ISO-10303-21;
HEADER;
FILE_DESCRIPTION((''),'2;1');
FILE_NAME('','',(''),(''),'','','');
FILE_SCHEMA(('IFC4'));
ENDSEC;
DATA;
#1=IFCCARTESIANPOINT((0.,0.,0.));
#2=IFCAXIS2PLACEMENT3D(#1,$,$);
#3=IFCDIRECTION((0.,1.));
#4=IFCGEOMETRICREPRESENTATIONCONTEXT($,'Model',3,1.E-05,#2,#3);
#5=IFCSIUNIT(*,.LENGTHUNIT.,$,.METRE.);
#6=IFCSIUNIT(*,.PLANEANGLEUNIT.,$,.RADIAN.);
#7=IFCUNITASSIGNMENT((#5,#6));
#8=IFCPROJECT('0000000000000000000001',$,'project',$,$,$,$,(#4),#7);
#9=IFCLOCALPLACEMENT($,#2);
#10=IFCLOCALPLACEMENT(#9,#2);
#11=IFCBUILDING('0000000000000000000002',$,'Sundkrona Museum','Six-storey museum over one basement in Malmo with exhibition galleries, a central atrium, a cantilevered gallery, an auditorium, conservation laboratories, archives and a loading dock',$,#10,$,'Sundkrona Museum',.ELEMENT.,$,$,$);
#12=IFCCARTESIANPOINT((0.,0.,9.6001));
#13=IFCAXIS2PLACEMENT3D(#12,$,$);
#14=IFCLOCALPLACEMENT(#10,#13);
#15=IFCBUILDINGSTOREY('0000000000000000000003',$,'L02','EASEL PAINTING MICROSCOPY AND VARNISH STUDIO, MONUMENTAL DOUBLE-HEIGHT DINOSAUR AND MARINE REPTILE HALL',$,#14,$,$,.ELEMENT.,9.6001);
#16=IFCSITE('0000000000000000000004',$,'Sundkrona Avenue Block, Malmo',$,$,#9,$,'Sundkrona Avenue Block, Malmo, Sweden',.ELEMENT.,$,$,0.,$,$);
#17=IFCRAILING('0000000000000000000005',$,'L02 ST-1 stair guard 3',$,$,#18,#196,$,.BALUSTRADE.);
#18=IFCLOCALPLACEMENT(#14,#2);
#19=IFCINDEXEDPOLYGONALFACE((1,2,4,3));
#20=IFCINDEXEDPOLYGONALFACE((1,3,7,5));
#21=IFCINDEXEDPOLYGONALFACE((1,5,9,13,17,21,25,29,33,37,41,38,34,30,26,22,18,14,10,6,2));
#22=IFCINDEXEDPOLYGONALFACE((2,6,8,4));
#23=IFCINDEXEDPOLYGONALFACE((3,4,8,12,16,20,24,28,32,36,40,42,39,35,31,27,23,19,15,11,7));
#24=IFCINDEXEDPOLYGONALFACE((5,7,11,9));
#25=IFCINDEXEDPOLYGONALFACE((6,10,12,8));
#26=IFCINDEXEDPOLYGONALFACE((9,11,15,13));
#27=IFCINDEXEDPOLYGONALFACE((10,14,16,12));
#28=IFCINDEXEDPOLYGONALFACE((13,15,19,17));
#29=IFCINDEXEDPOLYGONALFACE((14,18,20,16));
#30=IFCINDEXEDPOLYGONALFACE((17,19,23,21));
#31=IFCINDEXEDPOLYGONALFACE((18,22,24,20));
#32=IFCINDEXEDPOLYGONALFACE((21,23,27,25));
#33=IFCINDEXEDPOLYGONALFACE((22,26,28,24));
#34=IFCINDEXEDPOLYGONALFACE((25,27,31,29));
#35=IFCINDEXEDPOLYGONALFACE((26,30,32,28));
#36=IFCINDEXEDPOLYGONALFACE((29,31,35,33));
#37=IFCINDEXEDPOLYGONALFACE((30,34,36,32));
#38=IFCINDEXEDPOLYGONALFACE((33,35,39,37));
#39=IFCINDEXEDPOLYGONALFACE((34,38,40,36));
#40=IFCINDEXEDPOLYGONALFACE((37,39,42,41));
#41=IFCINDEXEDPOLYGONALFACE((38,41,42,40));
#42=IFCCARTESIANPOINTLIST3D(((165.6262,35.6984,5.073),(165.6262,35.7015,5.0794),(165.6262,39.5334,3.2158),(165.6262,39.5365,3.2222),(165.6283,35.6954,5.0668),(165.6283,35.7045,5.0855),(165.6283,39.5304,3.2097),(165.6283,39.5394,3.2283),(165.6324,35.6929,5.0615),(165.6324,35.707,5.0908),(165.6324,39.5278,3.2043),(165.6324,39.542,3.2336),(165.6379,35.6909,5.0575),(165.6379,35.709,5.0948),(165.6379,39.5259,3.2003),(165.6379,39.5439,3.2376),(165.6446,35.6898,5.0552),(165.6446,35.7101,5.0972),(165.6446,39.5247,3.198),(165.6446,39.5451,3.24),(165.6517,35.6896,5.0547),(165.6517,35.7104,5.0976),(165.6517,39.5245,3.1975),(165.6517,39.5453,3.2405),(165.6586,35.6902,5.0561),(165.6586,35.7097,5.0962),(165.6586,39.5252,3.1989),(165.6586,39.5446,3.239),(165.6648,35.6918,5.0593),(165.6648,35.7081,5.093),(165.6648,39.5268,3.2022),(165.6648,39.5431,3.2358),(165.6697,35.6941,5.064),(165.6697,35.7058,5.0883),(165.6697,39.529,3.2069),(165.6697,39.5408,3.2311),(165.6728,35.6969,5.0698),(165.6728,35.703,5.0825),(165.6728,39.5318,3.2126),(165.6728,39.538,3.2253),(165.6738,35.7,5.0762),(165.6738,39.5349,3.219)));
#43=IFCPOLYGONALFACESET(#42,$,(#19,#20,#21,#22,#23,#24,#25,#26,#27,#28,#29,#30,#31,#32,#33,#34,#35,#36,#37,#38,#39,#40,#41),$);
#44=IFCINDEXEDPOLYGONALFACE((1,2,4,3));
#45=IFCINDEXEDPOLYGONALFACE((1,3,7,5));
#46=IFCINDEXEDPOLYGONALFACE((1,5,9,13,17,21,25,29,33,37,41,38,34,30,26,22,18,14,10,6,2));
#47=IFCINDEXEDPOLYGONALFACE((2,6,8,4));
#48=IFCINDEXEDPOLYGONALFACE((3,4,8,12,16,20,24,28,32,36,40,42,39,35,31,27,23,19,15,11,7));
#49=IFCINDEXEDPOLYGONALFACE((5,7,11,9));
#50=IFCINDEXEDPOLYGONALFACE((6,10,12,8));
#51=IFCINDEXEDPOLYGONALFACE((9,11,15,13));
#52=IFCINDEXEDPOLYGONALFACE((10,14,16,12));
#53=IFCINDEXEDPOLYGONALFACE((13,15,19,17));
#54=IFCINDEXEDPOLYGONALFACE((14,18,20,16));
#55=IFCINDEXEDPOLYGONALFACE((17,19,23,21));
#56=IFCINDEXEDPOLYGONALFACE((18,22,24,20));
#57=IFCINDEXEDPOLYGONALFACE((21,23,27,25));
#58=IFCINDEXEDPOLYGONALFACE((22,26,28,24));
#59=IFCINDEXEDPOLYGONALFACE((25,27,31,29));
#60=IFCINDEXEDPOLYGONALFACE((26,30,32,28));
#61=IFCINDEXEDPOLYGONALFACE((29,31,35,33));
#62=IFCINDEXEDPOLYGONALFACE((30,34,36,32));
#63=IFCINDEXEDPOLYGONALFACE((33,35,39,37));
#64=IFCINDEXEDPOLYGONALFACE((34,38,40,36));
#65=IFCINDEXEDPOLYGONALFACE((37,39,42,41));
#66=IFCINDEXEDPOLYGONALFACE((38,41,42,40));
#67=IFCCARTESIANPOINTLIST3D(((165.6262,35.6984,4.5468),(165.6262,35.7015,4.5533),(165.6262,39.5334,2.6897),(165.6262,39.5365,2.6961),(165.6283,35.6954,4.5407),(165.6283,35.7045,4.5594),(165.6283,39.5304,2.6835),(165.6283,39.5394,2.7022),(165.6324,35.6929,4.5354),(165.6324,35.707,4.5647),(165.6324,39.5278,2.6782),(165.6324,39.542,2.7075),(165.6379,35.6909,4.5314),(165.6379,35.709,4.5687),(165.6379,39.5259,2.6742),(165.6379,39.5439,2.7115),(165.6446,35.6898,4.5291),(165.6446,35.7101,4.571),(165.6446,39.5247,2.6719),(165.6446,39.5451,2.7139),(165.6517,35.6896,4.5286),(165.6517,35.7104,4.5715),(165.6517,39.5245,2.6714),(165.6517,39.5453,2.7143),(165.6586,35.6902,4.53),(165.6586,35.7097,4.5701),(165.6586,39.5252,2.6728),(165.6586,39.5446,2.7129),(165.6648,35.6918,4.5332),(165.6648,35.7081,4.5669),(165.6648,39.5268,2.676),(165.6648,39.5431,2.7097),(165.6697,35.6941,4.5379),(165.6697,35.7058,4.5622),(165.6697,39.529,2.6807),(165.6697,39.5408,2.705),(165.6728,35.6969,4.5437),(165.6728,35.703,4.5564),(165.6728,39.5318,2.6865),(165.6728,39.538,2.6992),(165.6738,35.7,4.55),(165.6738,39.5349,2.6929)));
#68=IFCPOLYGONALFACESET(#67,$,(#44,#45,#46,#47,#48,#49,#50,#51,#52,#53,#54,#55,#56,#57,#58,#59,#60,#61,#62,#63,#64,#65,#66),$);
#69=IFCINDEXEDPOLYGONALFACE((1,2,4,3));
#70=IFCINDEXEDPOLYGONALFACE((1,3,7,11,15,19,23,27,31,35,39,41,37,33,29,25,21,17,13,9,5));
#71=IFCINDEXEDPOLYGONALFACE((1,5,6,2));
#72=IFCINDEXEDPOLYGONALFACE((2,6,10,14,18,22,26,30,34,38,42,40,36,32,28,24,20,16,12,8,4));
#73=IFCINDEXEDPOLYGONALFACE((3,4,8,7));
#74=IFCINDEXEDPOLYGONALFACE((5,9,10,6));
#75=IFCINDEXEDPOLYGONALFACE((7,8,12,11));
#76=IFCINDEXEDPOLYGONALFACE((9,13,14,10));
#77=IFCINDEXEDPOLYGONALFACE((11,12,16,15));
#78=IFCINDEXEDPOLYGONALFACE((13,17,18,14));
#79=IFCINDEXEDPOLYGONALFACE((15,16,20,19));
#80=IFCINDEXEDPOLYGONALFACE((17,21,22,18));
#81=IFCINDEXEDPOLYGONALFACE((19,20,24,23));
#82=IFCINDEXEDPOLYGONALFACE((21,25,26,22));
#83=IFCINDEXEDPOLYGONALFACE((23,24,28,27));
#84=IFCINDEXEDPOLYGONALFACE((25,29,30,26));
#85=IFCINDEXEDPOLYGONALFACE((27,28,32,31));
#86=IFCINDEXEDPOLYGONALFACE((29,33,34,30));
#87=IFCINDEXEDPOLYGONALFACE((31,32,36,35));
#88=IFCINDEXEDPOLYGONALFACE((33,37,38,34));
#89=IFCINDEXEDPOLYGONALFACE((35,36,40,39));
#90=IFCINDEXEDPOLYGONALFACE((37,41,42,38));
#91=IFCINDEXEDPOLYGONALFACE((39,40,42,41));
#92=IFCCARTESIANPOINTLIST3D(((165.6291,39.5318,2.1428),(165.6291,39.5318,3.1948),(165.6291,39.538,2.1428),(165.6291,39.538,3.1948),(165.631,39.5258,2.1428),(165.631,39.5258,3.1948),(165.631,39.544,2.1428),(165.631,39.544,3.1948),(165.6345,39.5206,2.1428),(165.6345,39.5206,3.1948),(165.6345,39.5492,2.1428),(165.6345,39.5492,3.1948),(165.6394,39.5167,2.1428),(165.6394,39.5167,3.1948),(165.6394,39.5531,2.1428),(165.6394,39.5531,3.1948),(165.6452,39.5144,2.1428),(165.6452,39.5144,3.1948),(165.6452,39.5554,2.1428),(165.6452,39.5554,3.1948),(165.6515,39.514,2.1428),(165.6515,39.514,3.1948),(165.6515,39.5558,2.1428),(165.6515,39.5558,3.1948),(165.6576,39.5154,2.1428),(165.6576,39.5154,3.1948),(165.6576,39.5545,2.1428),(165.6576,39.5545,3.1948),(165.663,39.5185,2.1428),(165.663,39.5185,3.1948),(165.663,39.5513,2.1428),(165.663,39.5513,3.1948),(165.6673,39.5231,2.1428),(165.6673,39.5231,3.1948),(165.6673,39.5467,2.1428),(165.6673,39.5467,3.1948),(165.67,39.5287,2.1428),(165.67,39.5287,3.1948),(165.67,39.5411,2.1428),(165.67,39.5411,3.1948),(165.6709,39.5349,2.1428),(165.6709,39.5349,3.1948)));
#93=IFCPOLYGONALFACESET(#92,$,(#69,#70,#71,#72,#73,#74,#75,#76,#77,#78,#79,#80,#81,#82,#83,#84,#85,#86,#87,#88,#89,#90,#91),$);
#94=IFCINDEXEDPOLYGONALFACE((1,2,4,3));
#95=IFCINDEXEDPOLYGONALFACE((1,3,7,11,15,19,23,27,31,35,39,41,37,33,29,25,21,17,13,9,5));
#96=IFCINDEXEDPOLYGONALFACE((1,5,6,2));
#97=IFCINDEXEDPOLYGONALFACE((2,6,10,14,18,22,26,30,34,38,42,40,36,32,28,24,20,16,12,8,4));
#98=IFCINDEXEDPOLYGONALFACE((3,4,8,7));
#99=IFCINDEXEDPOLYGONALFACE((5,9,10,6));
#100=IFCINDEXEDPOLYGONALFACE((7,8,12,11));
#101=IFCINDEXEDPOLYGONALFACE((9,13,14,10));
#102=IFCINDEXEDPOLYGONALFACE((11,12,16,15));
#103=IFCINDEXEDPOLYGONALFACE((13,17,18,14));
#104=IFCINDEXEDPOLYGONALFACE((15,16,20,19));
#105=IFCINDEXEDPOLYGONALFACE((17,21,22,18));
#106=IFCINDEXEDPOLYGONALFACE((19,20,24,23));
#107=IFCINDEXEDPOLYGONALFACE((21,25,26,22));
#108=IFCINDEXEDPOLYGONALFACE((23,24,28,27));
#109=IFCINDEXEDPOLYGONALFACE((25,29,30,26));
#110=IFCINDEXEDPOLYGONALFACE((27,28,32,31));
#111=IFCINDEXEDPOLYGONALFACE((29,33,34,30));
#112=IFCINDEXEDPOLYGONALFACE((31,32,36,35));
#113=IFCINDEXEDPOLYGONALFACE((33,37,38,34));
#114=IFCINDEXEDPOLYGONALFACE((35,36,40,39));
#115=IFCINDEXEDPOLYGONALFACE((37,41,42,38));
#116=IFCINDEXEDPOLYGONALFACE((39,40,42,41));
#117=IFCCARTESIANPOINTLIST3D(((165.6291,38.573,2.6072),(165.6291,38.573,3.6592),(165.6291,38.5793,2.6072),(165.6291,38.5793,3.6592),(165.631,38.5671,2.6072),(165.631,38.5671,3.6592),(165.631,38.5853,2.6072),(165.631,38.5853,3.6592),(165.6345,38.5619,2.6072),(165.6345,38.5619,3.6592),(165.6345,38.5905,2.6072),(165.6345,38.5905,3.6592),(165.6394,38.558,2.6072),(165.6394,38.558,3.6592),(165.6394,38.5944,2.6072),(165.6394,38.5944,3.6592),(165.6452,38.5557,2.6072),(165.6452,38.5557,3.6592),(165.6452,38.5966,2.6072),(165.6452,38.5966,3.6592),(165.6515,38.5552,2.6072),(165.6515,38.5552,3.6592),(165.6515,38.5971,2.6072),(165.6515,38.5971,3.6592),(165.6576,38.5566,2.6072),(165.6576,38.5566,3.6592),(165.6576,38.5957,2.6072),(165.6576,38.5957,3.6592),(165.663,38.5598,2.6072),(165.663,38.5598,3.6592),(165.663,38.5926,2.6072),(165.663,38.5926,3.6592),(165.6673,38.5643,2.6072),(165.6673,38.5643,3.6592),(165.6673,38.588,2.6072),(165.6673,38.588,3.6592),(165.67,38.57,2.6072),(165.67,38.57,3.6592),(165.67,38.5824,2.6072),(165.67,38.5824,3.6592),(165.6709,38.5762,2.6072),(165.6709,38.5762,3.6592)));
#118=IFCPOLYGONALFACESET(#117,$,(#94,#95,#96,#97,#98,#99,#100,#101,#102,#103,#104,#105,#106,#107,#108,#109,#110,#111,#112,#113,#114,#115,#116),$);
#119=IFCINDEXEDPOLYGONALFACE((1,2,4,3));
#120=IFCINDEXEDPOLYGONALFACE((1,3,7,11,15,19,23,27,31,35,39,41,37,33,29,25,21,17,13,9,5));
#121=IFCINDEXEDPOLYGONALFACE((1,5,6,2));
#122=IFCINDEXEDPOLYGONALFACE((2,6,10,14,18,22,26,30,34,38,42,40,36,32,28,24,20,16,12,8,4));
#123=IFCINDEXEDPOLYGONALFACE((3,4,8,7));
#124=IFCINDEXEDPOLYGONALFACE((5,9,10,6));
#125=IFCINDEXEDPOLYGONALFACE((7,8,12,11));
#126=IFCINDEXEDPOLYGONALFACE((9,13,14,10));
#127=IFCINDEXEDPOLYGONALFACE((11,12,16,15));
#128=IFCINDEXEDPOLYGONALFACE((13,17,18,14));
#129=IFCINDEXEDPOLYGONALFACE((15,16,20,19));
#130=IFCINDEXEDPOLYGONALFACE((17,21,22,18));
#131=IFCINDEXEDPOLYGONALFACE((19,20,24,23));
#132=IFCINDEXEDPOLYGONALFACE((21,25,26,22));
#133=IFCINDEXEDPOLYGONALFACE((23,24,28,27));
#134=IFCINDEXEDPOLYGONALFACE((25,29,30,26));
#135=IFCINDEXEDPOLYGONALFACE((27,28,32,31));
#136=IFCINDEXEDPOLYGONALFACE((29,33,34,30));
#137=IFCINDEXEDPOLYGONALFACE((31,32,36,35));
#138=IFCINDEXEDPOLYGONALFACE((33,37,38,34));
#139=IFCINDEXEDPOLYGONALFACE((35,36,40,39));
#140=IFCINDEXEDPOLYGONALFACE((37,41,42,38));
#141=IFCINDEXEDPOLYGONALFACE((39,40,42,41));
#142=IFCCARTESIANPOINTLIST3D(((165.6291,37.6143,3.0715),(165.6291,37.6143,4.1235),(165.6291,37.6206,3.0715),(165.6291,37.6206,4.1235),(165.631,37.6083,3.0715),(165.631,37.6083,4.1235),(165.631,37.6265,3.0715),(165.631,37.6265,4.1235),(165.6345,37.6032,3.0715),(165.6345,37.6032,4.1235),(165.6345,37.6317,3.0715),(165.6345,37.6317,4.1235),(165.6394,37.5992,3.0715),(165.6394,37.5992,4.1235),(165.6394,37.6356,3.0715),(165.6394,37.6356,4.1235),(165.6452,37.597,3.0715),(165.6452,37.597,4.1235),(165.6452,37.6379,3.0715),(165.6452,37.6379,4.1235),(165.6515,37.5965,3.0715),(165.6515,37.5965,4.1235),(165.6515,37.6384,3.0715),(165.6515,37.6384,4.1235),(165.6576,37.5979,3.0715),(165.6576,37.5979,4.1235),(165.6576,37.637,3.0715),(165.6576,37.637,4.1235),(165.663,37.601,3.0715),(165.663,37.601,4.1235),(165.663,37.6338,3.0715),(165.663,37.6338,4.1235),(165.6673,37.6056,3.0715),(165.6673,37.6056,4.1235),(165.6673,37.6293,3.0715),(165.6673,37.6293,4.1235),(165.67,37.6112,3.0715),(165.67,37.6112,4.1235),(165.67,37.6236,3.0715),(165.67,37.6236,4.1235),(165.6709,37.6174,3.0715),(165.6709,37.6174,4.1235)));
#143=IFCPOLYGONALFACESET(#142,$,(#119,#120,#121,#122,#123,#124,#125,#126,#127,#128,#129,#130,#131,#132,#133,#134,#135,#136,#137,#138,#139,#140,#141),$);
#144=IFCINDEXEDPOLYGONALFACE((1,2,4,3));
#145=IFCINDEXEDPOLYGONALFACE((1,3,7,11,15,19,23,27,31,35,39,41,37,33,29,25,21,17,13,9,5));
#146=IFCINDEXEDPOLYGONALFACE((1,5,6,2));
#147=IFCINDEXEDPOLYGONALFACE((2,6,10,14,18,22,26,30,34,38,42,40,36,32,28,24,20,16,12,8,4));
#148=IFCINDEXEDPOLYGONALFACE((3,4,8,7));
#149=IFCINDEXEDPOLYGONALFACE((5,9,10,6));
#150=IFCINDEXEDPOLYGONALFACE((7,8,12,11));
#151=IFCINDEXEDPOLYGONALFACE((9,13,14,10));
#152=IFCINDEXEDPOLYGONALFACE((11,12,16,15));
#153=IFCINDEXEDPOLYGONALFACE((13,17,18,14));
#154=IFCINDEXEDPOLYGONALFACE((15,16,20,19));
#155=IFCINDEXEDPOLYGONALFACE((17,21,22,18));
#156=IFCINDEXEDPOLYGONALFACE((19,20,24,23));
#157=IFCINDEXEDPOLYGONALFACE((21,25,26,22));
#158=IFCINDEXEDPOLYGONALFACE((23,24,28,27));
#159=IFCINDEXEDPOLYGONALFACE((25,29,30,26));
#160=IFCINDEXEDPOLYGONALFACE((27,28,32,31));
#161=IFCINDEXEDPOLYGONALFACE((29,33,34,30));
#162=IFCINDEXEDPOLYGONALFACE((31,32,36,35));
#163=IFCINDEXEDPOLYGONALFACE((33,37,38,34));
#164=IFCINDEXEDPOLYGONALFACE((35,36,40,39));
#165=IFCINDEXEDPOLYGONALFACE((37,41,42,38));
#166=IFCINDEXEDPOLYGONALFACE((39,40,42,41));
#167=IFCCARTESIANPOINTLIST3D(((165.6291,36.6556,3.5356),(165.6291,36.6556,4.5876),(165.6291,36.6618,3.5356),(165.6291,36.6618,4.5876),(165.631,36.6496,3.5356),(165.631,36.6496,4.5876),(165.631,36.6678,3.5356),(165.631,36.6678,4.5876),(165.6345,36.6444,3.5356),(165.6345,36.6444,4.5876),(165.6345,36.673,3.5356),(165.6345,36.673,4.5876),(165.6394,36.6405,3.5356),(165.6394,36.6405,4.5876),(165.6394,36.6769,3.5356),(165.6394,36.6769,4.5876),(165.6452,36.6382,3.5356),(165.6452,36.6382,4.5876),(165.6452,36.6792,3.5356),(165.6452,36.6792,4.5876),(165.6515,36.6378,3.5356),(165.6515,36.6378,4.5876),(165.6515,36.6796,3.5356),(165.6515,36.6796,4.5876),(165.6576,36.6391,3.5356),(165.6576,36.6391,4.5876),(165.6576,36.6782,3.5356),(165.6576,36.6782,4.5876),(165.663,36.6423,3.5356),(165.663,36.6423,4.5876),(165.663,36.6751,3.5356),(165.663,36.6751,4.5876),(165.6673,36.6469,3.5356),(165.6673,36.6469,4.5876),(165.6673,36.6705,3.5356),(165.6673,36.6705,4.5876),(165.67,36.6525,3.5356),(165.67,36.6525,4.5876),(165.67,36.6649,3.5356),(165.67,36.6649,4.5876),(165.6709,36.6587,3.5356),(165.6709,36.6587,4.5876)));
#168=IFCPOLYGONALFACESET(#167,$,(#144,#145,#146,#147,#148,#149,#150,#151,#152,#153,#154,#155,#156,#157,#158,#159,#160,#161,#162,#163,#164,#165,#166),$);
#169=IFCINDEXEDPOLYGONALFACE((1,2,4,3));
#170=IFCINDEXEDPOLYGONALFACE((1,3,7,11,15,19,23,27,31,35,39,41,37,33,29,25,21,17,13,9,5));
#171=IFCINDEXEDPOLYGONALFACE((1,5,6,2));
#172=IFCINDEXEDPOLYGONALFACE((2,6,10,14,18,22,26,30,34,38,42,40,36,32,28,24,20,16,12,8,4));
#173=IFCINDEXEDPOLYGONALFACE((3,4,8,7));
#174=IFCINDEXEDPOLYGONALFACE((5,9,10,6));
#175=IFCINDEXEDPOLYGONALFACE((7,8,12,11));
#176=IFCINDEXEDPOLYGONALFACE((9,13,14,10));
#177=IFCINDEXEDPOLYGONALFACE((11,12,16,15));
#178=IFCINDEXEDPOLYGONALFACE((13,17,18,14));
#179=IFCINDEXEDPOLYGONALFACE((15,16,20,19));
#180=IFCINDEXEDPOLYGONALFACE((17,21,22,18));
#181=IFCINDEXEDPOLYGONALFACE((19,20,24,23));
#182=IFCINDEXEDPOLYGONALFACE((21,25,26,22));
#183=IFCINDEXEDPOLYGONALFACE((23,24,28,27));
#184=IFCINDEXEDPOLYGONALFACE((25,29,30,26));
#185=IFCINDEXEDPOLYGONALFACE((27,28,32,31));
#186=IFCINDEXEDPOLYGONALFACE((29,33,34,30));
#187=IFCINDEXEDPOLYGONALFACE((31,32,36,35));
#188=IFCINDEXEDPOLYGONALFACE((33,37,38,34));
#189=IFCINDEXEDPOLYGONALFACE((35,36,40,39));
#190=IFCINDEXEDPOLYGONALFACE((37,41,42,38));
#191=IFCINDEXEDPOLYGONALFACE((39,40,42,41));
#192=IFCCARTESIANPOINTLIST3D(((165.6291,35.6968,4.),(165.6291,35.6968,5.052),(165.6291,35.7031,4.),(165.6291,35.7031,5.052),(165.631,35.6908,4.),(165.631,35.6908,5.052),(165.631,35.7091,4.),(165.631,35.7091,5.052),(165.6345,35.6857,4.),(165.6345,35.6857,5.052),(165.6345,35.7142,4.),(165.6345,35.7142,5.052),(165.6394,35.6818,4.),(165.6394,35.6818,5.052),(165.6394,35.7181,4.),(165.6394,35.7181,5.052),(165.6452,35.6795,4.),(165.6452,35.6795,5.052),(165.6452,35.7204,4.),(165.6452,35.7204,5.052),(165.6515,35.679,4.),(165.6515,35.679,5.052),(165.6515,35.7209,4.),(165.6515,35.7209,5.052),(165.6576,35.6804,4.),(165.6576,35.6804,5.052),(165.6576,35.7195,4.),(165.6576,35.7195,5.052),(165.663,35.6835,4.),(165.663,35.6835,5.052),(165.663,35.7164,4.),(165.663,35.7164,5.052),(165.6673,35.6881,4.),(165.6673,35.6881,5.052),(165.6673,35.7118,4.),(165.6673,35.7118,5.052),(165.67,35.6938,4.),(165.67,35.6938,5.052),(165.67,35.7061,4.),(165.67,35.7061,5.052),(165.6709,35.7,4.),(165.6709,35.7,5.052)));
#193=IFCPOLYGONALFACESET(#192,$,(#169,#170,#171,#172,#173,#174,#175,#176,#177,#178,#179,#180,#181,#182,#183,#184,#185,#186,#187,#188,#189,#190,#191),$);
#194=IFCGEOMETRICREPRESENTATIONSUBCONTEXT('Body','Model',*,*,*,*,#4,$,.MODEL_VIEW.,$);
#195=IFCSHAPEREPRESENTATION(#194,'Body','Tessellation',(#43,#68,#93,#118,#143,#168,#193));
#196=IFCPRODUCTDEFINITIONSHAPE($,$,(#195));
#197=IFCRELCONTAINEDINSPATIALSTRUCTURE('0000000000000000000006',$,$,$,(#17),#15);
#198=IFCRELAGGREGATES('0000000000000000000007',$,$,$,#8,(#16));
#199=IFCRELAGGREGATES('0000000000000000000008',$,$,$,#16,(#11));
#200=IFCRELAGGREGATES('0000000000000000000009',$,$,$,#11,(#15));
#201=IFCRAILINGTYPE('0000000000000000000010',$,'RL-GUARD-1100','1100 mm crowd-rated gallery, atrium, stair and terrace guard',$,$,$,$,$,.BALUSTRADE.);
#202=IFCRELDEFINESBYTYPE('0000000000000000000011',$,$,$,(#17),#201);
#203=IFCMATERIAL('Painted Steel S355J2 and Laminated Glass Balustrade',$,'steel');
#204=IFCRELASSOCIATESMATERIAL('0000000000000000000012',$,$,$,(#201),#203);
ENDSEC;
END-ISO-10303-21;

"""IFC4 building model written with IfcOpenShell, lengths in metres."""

from ifc_helpers import new_model, si_unit, direction, frame, origin, origin_2d, place, context, subcontext, project, spatial, circle, extrude, material, type_object, element, save


model = new_model("IFC4")

# Units and contexts
model_context = context("Model", 3, precision=1e-05, world=origin(), true_north=direction((0.0, 1.0)))
body_context = subcontext(model_context, "Body", "Model", "MODEL_VIEW")
ifc_project = project(units=[si_unit("LENGTHUNIT", "METRE"), si_unit("PLANEANGLEUNIT", "RADIAN")], contexts=[model_context])

# Site, building, storey
site_placement = place(None, origin())
site = spatial("IfcSite", under=ifc_project, at=site_placement, Name="Sundkrona Avenue Block, Malmo", LongName="Sundkrona Avenue Block, Malmo, Sweden", CompositionType="ELEMENT", RefElevation=0.0)
building_placement = place(site_placement, origin())
building = spatial("IfcBuilding", under=site, at=building_placement, Name="Sundkrona Museum", Description="Six-storey museum over one basement in Malmo with exhibition galleries, a central atrium, a cantilevered gallery, an auditorium, conservation laboratories, archives and a loading dock", LongName="Sundkrona Museum", CompositionType="ELEMENT")
storey_placement = place(building_placement, frame((0.0, 0.0, 9.6001)))
storey = spatial("IfcBuildingStorey", under=building, at=storey_placement, Name="L02", Description="EASEL PAINTING MICROSCOPY AND VARNISH STUDIO, MONUMENTAL DOUBLE-HEIGHT DINOSAUR AND MARINE REPTILE HALL", CompositionType="ELEMENT", Elevation=9.6001)

# Railing
ifc_material_1 = material(Name="Painted Steel S355J2 and Laminated Glass Balustrade", Category="steel")
railing_type_1 = type_object("IfcRailingType", Name="RL-GUARD-1100", Description="1100 mm crowd-rated gallery, atrium, stair and terrace guard", PredefinedType="BALUSTRADE", material=ifc_material_1)
railing_1_placement = place(storey_placement, frame((165.6499, 39.5349, 2.1428)))
element("IfcRailing", 1, at=railing_1_placement, inside=storey, type_object=railing_type_1, Name="L02 ST-1 stair guard 3", PredefinedType="BALUSTRADE", context=body_context, shape_type="SweptSolid", body=[
    extrude(circle(Radius=0.0239, at=origin_2d()), frame((0.0, 0.0, 1.0762), z_axis=(0.0, -0.900016, 0.435856), x_axis=(1.0, 0.0, 0.0)), (0.0, 0.0, 1.0), 4.261),
    extrude(circle(Radius=0.0239, at=origin_2d()), frame((0.0, 0.0, 0.55), z_axis=(0.0, -0.900016, 0.435856), x_axis=(1.0, 0.0, 0.0)), (0.0, 0.0, 1.0), 4.261),
    extrude(circle(Radius=0.021, at=origin_2d()), origin(), (0.0, 0.0, 1.0), 1.052),
    extrude(circle(Radius=0.021, at=origin_2d()), frame((0.0, -0.9587, 0.4644)), (0.0, 0.0, 1.0), 1.052),
    extrude(circle(Radius=0.021, at=origin_2d()), frame((0.0, -1.9175, 0.9287)), (0.0, 0.0, 1.0), 1.052),
    extrude(circle(Radius=0.021, at=origin_2d()), frame((0.0, -2.8762, 1.3928)), (0.0, 0.0, 1.0), 1.052),
    extrude(circle(Radius=0.021, at=origin_2d()), frame((0.0, -3.835, 1.8572)), (0.0, 0.0, 1.0), 1.052),
])

save(model, "model.ifc")
